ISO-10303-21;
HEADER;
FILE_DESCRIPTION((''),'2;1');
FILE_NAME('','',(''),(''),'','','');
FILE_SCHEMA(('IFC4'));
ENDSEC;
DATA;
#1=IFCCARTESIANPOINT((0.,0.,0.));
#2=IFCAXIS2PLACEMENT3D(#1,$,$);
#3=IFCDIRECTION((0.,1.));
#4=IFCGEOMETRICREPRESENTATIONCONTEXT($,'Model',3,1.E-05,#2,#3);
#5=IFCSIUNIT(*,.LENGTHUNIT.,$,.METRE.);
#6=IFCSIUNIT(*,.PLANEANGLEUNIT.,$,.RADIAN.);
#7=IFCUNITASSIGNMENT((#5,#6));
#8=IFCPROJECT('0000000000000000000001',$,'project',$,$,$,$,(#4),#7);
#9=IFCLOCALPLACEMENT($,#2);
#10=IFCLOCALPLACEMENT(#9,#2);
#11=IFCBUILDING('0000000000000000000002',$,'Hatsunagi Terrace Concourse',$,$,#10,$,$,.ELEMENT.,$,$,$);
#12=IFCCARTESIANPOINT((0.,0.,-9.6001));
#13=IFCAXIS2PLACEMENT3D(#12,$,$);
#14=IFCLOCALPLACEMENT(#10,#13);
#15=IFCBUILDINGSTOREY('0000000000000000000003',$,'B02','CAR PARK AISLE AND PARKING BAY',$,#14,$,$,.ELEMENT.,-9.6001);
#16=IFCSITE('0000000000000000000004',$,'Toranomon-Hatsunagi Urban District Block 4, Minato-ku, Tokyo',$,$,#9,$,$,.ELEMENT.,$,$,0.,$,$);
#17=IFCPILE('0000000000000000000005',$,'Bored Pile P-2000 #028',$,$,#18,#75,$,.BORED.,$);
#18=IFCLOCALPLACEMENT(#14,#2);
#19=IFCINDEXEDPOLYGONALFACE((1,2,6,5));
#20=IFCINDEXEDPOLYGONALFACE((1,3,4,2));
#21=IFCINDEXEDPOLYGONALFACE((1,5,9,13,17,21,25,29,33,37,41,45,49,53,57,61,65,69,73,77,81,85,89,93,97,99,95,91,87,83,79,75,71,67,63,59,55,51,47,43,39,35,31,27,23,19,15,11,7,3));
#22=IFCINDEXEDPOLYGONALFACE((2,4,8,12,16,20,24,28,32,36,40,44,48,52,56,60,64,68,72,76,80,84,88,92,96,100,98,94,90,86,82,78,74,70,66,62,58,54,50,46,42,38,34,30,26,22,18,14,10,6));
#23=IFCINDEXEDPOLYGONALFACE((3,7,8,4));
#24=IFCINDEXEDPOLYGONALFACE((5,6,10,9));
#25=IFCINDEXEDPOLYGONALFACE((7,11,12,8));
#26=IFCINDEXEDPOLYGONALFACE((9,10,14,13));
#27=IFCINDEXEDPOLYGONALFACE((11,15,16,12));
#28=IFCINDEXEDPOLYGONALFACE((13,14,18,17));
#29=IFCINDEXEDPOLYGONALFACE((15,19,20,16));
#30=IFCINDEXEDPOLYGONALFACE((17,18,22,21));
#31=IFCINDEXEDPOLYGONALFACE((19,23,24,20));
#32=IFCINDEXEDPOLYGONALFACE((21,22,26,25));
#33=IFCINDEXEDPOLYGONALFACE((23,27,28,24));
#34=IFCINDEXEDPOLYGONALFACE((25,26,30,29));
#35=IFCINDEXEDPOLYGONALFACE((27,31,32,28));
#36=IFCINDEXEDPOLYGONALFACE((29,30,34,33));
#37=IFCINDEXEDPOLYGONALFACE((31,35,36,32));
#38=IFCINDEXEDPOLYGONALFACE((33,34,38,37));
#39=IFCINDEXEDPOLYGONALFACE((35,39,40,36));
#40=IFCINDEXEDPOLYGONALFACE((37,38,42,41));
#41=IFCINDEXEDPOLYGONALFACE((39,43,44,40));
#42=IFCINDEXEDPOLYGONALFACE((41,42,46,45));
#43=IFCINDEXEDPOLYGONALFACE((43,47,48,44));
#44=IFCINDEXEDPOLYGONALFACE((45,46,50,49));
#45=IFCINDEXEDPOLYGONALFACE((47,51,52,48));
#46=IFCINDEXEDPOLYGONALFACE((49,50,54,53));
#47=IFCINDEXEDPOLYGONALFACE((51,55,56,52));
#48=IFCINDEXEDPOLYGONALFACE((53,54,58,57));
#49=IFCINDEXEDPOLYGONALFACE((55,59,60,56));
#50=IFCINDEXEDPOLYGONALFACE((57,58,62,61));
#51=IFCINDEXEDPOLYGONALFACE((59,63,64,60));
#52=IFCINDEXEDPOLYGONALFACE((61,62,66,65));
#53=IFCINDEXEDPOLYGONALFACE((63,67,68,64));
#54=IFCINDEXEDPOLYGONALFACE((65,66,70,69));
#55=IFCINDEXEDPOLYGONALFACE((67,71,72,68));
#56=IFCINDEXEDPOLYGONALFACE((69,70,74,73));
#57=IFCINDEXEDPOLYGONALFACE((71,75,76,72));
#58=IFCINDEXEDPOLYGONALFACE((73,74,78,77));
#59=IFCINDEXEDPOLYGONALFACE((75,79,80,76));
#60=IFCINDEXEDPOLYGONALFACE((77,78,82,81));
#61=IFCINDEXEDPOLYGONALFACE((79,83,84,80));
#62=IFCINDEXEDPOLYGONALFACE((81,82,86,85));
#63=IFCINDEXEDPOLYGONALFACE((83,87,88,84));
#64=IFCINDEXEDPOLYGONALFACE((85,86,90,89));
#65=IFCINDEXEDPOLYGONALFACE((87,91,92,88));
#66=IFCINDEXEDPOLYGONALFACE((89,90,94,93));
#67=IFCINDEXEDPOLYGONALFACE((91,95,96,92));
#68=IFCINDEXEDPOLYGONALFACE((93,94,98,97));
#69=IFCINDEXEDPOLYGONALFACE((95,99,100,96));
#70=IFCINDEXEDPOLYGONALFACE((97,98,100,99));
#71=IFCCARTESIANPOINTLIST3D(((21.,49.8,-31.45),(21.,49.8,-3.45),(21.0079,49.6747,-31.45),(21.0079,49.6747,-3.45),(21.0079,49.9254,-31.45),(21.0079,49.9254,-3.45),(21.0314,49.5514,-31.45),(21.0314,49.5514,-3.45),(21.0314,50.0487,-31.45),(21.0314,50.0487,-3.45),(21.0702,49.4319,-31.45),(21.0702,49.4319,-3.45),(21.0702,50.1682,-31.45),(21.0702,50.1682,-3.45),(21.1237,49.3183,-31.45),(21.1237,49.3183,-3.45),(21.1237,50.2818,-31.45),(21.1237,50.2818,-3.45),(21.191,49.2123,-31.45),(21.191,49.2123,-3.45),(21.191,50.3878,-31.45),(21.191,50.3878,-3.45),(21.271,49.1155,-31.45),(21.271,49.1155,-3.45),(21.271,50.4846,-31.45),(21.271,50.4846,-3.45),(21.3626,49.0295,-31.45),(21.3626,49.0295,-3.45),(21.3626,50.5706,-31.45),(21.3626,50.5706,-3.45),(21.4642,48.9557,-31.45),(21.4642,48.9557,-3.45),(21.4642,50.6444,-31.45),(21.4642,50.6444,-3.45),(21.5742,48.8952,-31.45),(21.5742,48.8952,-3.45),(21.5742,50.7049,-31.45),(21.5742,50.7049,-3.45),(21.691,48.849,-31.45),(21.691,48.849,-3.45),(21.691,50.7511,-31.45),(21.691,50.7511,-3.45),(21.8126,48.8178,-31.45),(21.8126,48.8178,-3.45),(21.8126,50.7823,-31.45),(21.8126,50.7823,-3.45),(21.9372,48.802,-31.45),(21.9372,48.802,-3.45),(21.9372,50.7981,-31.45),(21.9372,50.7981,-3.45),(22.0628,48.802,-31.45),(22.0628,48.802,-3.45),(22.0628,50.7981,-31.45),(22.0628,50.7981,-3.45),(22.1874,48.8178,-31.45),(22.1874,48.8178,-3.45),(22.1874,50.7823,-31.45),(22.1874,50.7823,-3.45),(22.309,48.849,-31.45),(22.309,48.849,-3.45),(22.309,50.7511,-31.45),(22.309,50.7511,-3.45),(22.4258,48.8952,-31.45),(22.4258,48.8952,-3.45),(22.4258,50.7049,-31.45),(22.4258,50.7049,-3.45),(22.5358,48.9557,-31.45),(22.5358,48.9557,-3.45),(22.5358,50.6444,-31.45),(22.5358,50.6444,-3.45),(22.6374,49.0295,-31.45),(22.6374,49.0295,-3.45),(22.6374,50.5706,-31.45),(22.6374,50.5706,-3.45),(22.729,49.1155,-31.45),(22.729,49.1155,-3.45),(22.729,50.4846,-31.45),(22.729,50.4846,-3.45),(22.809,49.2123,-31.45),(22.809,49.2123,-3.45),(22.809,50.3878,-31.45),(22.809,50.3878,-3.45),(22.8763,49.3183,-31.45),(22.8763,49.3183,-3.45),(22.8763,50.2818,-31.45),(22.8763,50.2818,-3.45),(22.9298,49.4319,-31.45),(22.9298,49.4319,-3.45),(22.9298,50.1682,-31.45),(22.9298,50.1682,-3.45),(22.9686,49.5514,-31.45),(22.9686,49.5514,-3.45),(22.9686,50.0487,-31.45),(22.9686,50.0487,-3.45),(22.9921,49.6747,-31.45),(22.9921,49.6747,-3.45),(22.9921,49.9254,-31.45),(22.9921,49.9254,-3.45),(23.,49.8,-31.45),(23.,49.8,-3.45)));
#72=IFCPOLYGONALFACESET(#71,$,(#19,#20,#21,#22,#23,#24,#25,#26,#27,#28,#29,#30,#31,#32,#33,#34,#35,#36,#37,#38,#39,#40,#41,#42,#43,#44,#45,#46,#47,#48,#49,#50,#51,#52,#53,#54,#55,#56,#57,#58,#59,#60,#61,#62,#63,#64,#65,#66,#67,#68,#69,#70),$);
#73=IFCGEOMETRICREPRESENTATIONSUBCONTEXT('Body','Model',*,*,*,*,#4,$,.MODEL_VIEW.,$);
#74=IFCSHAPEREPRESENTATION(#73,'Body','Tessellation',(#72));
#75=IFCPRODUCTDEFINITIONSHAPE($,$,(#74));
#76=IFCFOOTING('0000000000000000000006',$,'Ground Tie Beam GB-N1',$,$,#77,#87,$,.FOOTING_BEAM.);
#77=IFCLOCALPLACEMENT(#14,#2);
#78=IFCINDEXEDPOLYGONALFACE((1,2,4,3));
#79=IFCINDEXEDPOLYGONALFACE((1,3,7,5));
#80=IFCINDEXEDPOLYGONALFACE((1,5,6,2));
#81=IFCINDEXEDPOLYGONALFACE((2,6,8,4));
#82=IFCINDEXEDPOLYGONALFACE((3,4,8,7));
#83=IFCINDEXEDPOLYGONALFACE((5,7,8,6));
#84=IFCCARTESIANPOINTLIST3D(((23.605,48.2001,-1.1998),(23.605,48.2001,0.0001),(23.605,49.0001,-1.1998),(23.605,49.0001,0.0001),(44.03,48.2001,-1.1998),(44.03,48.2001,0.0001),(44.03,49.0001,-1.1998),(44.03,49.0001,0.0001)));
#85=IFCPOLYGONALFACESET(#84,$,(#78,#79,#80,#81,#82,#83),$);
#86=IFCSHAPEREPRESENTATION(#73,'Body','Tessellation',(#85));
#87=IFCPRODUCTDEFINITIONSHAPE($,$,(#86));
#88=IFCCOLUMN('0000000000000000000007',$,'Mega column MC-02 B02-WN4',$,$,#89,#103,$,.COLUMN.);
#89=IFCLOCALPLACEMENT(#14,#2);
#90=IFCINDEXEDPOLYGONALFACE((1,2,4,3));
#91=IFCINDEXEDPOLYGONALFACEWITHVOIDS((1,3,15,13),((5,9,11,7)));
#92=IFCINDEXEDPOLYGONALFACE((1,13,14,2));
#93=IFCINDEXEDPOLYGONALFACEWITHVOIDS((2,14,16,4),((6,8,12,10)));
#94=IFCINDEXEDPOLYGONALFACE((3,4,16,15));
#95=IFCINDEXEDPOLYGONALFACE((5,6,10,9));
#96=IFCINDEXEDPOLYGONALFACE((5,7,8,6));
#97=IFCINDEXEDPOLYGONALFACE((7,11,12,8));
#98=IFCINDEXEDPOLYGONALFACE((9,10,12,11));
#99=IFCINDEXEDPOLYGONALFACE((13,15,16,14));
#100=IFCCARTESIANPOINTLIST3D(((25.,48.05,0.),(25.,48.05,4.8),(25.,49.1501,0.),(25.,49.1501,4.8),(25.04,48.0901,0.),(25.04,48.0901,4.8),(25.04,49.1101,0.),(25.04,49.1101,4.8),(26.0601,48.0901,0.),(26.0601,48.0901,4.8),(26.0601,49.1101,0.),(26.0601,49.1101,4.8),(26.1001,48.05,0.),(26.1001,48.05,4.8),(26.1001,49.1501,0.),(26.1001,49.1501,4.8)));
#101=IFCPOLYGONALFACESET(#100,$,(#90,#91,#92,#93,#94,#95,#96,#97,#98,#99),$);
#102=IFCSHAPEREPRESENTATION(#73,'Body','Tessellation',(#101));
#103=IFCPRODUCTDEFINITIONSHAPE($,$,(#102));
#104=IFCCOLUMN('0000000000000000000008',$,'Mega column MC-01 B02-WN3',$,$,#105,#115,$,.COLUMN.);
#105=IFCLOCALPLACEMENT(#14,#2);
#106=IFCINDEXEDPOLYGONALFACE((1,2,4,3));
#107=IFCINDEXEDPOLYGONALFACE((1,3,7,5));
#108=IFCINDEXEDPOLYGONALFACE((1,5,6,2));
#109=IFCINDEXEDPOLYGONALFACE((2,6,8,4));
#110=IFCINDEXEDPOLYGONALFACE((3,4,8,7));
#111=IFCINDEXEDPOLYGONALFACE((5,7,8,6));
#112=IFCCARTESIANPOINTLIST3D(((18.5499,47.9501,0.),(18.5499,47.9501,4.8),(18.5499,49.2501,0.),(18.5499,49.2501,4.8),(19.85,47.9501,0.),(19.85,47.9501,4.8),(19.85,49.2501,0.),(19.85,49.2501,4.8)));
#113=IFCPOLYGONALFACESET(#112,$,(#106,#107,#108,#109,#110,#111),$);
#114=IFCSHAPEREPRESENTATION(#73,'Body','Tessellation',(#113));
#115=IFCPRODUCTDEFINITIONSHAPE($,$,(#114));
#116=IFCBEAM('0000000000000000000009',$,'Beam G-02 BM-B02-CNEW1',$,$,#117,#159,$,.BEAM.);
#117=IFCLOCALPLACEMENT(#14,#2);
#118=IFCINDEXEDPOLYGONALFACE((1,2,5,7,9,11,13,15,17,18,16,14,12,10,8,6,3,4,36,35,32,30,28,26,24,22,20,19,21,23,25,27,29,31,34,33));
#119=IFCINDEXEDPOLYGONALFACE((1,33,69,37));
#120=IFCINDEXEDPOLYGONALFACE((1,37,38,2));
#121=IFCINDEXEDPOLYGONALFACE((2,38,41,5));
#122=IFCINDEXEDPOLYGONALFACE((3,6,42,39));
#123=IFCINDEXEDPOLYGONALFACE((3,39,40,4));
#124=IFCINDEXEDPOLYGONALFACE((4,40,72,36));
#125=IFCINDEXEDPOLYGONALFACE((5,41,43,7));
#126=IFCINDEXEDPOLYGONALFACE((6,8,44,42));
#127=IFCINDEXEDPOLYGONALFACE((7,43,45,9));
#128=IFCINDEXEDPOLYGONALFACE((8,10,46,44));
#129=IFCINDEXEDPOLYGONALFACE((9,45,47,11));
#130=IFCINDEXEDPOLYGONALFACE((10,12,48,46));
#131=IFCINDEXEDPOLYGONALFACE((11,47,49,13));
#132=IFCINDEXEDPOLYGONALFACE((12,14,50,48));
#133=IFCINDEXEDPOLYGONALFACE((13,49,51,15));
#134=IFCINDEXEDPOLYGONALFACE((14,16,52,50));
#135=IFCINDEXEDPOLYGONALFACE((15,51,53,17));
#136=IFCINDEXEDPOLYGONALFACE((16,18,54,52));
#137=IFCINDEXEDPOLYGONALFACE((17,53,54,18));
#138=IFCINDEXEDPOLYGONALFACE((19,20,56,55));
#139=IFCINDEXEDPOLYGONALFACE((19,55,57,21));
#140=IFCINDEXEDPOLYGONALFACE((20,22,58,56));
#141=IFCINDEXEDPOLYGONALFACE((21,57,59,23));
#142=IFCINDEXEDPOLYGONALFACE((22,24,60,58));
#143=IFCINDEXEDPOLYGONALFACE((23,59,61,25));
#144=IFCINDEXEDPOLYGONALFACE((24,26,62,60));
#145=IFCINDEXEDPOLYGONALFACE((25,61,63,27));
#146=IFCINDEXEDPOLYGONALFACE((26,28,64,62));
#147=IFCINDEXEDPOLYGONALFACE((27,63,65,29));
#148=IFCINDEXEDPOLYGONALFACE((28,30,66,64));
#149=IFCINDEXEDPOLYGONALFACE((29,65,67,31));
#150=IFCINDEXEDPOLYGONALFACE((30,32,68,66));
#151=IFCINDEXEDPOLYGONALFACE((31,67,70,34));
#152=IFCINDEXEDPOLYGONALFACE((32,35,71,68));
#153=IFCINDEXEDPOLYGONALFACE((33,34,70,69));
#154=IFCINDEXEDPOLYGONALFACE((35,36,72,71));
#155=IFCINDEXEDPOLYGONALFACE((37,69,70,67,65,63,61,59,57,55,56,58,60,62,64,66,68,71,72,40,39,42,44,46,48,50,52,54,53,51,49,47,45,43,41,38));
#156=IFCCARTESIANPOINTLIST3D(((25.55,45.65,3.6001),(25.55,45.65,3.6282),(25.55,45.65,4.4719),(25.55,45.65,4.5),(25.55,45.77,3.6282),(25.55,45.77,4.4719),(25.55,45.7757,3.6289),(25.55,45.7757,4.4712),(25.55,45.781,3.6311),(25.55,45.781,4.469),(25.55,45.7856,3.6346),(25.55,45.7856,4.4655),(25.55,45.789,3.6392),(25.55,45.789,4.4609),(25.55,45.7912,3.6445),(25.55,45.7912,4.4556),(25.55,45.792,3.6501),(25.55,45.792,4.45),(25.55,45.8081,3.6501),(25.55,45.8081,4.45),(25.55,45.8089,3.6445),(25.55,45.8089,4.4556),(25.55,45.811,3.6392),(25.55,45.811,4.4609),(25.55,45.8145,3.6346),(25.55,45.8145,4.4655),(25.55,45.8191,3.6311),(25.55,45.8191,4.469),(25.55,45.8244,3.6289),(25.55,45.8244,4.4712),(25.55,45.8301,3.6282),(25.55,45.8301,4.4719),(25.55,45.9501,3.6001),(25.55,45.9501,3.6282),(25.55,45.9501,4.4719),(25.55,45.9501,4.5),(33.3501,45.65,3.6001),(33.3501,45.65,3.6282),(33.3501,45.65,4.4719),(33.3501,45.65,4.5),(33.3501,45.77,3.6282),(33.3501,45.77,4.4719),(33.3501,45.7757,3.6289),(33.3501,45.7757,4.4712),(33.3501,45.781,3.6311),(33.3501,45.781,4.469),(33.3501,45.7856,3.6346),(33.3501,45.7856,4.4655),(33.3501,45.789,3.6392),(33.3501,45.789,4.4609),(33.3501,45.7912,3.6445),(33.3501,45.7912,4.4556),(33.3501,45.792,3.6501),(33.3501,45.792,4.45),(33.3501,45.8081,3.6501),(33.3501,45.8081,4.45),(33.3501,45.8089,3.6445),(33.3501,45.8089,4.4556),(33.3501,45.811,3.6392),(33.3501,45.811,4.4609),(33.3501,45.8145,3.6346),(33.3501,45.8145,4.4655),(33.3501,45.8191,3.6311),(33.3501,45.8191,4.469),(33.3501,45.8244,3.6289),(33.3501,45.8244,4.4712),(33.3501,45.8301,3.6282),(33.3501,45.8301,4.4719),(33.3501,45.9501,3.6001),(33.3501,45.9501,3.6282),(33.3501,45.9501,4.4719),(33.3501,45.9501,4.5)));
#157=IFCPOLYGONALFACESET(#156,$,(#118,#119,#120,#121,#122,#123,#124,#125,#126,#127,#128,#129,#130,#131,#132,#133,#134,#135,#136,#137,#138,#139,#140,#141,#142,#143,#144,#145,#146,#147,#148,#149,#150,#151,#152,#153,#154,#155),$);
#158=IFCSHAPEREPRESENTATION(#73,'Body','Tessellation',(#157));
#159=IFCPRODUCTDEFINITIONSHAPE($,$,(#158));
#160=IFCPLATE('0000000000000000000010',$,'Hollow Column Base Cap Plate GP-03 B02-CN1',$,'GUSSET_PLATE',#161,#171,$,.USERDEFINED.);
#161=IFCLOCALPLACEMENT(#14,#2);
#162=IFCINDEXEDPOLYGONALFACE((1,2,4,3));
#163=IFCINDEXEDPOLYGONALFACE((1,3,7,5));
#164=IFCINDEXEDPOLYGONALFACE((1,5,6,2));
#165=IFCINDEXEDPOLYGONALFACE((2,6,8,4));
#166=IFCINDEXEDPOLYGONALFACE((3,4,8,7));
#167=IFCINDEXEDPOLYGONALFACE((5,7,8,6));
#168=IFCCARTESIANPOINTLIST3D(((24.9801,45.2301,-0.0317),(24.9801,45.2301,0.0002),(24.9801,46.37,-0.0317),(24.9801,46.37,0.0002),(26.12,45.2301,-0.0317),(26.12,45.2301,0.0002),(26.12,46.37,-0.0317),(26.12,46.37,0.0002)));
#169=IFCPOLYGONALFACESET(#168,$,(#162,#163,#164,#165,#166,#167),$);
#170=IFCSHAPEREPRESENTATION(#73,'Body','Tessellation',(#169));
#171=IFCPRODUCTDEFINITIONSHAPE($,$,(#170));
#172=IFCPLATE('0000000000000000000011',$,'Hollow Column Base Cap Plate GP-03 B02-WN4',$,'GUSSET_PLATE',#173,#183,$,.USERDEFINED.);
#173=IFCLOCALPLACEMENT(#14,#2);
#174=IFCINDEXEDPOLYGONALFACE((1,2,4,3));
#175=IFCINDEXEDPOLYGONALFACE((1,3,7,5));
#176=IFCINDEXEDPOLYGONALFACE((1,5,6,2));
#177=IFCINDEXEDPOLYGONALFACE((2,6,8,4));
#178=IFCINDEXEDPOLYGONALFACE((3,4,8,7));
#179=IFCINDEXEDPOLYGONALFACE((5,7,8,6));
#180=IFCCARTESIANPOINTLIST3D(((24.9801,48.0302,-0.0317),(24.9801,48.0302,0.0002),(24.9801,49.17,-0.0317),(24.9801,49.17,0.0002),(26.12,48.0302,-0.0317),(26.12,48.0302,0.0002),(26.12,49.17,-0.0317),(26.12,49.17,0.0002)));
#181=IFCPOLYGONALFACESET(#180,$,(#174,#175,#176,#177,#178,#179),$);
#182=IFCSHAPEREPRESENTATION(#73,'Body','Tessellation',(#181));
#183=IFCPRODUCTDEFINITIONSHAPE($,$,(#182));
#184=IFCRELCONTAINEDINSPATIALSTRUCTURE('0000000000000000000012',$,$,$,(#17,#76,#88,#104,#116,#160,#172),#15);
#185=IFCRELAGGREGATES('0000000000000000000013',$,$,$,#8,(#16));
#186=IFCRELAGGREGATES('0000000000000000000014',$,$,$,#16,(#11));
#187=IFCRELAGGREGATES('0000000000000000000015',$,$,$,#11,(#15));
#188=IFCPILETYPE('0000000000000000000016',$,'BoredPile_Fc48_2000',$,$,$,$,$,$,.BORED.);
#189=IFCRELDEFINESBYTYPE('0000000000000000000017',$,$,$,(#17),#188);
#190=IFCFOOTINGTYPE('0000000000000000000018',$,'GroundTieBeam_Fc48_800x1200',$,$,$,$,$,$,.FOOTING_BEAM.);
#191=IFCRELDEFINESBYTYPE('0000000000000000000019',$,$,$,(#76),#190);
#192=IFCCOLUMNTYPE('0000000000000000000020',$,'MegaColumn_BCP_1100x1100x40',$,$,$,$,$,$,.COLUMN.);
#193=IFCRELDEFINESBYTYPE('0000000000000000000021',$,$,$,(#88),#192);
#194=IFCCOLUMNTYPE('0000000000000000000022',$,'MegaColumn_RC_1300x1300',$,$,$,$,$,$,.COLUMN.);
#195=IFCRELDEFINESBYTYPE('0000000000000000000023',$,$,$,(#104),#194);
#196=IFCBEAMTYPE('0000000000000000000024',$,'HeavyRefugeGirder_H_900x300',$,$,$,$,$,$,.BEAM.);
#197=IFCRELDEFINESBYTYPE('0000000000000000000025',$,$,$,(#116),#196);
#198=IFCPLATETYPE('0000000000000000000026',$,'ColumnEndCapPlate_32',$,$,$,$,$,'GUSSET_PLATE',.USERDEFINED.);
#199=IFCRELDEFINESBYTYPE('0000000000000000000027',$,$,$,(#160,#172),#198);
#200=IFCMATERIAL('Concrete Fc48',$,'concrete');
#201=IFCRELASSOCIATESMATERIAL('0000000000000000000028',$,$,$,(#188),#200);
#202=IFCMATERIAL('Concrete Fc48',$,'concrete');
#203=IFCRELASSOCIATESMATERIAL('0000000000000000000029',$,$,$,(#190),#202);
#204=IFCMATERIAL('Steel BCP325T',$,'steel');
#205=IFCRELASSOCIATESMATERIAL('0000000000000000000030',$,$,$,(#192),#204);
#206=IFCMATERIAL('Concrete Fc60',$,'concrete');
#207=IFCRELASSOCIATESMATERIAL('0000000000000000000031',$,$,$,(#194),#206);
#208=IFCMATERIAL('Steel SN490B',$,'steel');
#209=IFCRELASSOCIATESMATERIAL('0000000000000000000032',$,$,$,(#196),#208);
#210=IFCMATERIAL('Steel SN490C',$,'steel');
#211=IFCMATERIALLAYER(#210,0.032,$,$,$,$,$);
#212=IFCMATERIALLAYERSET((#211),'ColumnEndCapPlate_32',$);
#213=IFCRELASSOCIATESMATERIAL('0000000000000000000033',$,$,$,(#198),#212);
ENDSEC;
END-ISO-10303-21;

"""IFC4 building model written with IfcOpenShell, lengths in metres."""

from ifc_helpers import new_model, si_unit, direction, frame, origin, origin_2d, place, context, subcontext, project, spatial, rectangle, hollow_rectangle, circle, i_section, extrude, material, layer, layer_set, material_profile, profile_set, type_object, element, save


model = new_model("IFC4")

# Units and contexts
model_context = context("Model", 3, precision=1e-05, world=origin(), true_north=direction((0.0, 1.0)))
body_context = subcontext(model_context, "Body", "Model", "MODEL_VIEW")
ifc_project = project(units=[si_unit("LENGTHUNIT", "METRE"), si_unit("PLANEANGLEUNIT", "RADIAN")], contexts=[model_context])

# Site, building, storey
site_placement = place(None, origin())
site = spatial("IfcSite", under=ifc_project, at=site_placement, Name="Toranomon-Hatsunagi Urban District Block 4, Minato-ku, Tokyo", CompositionType="ELEMENT", RefElevation=0.0)
building_placement = place(site_placement, origin())
building = spatial("IfcBuilding", under=site, at=building_placement, Name="Hatsunagi Terrace Concourse", CompositionType="ELEMENT")
storey_placement = place(building_placement, frame((0.0, 0.0, -9.6001)))
storey = spatial("IfcBuildingStorey", under=building, at=storey_placement, Name="B02", Description="CAR PARK AISLE AND PARKING BAY", CompositionType="ELEMENT", Elevation=-9.6001)

# Pile
ifc_material_1 = material(Name="Concrete Fc48", Category="concrete")
ifc_material_profile_1 = material_profile(ifc_material_1, circle(Radius=1.0, at=origin_2d()), Name="PILE-2000")
ifc_profile_set_1 = profile_set([ifc_material_profile_1], Name="Concrete Fc48")
pile_type = type_object("IfcPileType", Name="BoredPile_Fc48_2000", PredefinedType="BORED", material=ifc_profile_set_1)
pile_placement = place(storey_placement, frame((22.0, 49.8, -3.45), z_axis=(0.0, 0.0, -1.0), x_axis=(1.0, 0.0, 0.0)))
element("IfcPile", 1, at=pile_placement, inside=storey, type_object=pile_type, Name="Bored Pile P-2000 #028", PredefinedType="BORED", context=body_context, shape_type="SweptSolid", body=[
    extrude(circle(Radius=1.0, at=origin_2d()), origin(), (0.0, 0.0, 1.0), 28.0),
])

# Footing
ifc_material_2 = material(Name="Concrete Fc48", Category="concrete")
ifc_material_profile_2 = material_profile(ifc_material_2, rectangle(XDim=0.8, YDim=1.2, at=origin_2d()), Name="RC-800x1200")
ifc_profile_set_2 = profile_set([ifc_material_profile_2], Name="Concrete Fc48")
footing_type = type_object("IfcFootingType", Name="GroundTieBeam_Fc48_800x1200", PredefinedType="FOOTING_BEAM", material=ifc_profile_set_2)
footing_placement = place(storey_placement, frame((23.605, 48.6001, -0.5999), z_axis=(1.0, 0.0, 0.0), x_axis=(0.0, 1.0, 0.0)))
element("IfcFooting", 2, at=footing_placement, inside=storey, type_object=footing_type, Name="Ground Tie Beam GB-N1", PredefinedType="FOOTING_BEAM", context=body_context, shape_type="SweptSolid", body=[
    extrude(rectangle(XDim=0.8, YDim=1.2, at=origin_2d()), origin(), (0.0, 0.0, 1.0), 20.425),
])

# Columns
ifc_material_3 = material(Name="Steel BCP325T", Category="steel")
ifc_material_profile_3 = material_profile(ifc_material_3, hollow_rectangle(XDim=1.1001, YDim=1.1001, WallThickness=0.04, at=origin_2d()), Name="BCP-1100x1100x40")
ifc_profile_set_3 = profile_set([ifc_material_profile_3], Name="Steel BCP325T")
column_type_1 = type_object("IfcColumnType", Name="MegaColumn_BCP_1100x1100x40", PredefinedType="COLUMN", material=ifc_profile_set_3)
column_1_placement = place(storey_placement, frame((25.55, 48.6001, 0.0), z_axis=(0.0, 0.0, 1.0), x_axis=(1.0, 0.0, 0.0)))
element("IfcColumn", 3, at=column_1_placement, inside=storey, type_object=column_type_1, Name="Mega column MC-02 B02-WN4", PredefinedType="COLUMN", context=body_context, shape_type="SweptSolid", body=[
    extrude(hollow_rectangle(XDim=1.1001, YDim=1.1001, WallThickness=0.04, at=origin_2d()), origin(), (0.0, 0.0, 1.0), 4.8),
])
ifc_material_4 = material(Name="Concrete Fc60", Category="concrete")
ifc_material_profile_4 = material_profile(ifc_material_4, rectangle(XDim=1.3, YDim=1.3, at=origin_2d()), Name="RC-1300x1300")
ifc_profile_set_4 = profile_set([ifc_material_profile_4], Name="Concrete Fc60")
column_type_2 = type_object("IfcColumnType", Name="MegaColumn_RC_1300x1300", PredefinedType="COLUMN", material=ifc_profile_set_4)
column_2_placement = place(storey_placement, frame((19.2, 48.6001, 0.0), z_axis=(0.0, 0.0, 1.0), x_axis=(1.0, 0.0, 0.0)))
element("IfcColumn", 4, at=column_2_placement, inside=storey, type_object=column_type_2, Name="Mega column MC-01 B02-WN3", PredefinedType="COLUMN", context=body_context, shape_type="SweptSolid", body=[
    extrude(rectangle(XDim=1.3, YDim=1.3, at=origin_2d()), origin(), (0.0, 0.0, 1.0), 4.8),
])

# Beam
ifc_material_5 = material(Name="Steel SN490B", Category="steel")
ifc_material_profile_5 = material_profile(ifc_material_5, i_section(OverallWidth=0.3, OverallDepth=0.8999, WebThickness=0.0161, FlangeThickness=0.0281, FilletRadius=0.022, at=origin_2d()), Name="H-900x300x16x28")
ifc_profile_set_5 = profile_set([ifc_material_profile_5], Name="Steel SN490B")
beam_type = type_object("IfcBeamType", Name="HeavyRefugeGirder_H_900x300", PredefinedType="BEAM", material=ifc_profile_set_5)
beam_placement = place(storey_placement, frame((25.55, 45.8, 4.05), z_axis=(1.0, 0.0, 0.0), x_axis=(0.0, 1.0, 0.0)))
element("IfcBeam", 5, at=beam_placement, inside=storey, type_object=beam_type, Name="Beam G-02 BM-B02-CNEW1", PredefinedType="BEAM", context=body_context, shape_type="SweptSolid", body=[
    extrude(i_section(OverallWidth=0.3, OverallDepth=0.8999, WebThickness=0.0161, FlangeThickness=0.0281, FilletRadius=0.022, at=origin_2d()), origin(), (0.0, 0.0, 1.0), 7.8),
])

# Plates
ifc_material_6 = material(Name="Steel SN490C", Category="steel")
ifc_layer_1 = layer(ifc_material_6, 0.032)
ifc_layer_set_1 = layer_set([ifc_layer_1], Name="ColumnEndCapPlate_32")
plate_type = type_object("IfcPlateType", Name="ColumnEndCapPlate_32", ElementType="GUSSET_PLATE", PredefinedType="USERDEFINED", material=ifc_layer_set_1)
for number, where, z_axis, x_axis, name in (
    (6, (25.55, 45.8, -0.0317), (0.0, 0.0, 1.0), (1.0, 0.0, 0.0), "Hollow Column Base Cap Plate GP-03 B02-CN1"),
    (7, (25.55, 48.6001, -0.0317), (0.0, 0.0, 1.0), (1.0, 0.0, 0.0), "Hollow Column Base Cap Plate GP-03 B02-WN4"),
):
    element("IfcPlate", number, at=place(storey_placement, frame(where, z_axis=z_axis, x_axis=x_axis)), inside=storey, type_object=plate_type, Name=name, ObjectType="GUSSET_PLATE", PredefinedType="USERDEFINED", context=body_context, shape_type="SweptSolid", body=[
        extrude(rectangle(XDim=1.1399, YDim=1.1399, at=origin_2d()), origin(), (0.0, 0.0, 1.0), 0.032),
    ])

save(model, "model.ifc")
